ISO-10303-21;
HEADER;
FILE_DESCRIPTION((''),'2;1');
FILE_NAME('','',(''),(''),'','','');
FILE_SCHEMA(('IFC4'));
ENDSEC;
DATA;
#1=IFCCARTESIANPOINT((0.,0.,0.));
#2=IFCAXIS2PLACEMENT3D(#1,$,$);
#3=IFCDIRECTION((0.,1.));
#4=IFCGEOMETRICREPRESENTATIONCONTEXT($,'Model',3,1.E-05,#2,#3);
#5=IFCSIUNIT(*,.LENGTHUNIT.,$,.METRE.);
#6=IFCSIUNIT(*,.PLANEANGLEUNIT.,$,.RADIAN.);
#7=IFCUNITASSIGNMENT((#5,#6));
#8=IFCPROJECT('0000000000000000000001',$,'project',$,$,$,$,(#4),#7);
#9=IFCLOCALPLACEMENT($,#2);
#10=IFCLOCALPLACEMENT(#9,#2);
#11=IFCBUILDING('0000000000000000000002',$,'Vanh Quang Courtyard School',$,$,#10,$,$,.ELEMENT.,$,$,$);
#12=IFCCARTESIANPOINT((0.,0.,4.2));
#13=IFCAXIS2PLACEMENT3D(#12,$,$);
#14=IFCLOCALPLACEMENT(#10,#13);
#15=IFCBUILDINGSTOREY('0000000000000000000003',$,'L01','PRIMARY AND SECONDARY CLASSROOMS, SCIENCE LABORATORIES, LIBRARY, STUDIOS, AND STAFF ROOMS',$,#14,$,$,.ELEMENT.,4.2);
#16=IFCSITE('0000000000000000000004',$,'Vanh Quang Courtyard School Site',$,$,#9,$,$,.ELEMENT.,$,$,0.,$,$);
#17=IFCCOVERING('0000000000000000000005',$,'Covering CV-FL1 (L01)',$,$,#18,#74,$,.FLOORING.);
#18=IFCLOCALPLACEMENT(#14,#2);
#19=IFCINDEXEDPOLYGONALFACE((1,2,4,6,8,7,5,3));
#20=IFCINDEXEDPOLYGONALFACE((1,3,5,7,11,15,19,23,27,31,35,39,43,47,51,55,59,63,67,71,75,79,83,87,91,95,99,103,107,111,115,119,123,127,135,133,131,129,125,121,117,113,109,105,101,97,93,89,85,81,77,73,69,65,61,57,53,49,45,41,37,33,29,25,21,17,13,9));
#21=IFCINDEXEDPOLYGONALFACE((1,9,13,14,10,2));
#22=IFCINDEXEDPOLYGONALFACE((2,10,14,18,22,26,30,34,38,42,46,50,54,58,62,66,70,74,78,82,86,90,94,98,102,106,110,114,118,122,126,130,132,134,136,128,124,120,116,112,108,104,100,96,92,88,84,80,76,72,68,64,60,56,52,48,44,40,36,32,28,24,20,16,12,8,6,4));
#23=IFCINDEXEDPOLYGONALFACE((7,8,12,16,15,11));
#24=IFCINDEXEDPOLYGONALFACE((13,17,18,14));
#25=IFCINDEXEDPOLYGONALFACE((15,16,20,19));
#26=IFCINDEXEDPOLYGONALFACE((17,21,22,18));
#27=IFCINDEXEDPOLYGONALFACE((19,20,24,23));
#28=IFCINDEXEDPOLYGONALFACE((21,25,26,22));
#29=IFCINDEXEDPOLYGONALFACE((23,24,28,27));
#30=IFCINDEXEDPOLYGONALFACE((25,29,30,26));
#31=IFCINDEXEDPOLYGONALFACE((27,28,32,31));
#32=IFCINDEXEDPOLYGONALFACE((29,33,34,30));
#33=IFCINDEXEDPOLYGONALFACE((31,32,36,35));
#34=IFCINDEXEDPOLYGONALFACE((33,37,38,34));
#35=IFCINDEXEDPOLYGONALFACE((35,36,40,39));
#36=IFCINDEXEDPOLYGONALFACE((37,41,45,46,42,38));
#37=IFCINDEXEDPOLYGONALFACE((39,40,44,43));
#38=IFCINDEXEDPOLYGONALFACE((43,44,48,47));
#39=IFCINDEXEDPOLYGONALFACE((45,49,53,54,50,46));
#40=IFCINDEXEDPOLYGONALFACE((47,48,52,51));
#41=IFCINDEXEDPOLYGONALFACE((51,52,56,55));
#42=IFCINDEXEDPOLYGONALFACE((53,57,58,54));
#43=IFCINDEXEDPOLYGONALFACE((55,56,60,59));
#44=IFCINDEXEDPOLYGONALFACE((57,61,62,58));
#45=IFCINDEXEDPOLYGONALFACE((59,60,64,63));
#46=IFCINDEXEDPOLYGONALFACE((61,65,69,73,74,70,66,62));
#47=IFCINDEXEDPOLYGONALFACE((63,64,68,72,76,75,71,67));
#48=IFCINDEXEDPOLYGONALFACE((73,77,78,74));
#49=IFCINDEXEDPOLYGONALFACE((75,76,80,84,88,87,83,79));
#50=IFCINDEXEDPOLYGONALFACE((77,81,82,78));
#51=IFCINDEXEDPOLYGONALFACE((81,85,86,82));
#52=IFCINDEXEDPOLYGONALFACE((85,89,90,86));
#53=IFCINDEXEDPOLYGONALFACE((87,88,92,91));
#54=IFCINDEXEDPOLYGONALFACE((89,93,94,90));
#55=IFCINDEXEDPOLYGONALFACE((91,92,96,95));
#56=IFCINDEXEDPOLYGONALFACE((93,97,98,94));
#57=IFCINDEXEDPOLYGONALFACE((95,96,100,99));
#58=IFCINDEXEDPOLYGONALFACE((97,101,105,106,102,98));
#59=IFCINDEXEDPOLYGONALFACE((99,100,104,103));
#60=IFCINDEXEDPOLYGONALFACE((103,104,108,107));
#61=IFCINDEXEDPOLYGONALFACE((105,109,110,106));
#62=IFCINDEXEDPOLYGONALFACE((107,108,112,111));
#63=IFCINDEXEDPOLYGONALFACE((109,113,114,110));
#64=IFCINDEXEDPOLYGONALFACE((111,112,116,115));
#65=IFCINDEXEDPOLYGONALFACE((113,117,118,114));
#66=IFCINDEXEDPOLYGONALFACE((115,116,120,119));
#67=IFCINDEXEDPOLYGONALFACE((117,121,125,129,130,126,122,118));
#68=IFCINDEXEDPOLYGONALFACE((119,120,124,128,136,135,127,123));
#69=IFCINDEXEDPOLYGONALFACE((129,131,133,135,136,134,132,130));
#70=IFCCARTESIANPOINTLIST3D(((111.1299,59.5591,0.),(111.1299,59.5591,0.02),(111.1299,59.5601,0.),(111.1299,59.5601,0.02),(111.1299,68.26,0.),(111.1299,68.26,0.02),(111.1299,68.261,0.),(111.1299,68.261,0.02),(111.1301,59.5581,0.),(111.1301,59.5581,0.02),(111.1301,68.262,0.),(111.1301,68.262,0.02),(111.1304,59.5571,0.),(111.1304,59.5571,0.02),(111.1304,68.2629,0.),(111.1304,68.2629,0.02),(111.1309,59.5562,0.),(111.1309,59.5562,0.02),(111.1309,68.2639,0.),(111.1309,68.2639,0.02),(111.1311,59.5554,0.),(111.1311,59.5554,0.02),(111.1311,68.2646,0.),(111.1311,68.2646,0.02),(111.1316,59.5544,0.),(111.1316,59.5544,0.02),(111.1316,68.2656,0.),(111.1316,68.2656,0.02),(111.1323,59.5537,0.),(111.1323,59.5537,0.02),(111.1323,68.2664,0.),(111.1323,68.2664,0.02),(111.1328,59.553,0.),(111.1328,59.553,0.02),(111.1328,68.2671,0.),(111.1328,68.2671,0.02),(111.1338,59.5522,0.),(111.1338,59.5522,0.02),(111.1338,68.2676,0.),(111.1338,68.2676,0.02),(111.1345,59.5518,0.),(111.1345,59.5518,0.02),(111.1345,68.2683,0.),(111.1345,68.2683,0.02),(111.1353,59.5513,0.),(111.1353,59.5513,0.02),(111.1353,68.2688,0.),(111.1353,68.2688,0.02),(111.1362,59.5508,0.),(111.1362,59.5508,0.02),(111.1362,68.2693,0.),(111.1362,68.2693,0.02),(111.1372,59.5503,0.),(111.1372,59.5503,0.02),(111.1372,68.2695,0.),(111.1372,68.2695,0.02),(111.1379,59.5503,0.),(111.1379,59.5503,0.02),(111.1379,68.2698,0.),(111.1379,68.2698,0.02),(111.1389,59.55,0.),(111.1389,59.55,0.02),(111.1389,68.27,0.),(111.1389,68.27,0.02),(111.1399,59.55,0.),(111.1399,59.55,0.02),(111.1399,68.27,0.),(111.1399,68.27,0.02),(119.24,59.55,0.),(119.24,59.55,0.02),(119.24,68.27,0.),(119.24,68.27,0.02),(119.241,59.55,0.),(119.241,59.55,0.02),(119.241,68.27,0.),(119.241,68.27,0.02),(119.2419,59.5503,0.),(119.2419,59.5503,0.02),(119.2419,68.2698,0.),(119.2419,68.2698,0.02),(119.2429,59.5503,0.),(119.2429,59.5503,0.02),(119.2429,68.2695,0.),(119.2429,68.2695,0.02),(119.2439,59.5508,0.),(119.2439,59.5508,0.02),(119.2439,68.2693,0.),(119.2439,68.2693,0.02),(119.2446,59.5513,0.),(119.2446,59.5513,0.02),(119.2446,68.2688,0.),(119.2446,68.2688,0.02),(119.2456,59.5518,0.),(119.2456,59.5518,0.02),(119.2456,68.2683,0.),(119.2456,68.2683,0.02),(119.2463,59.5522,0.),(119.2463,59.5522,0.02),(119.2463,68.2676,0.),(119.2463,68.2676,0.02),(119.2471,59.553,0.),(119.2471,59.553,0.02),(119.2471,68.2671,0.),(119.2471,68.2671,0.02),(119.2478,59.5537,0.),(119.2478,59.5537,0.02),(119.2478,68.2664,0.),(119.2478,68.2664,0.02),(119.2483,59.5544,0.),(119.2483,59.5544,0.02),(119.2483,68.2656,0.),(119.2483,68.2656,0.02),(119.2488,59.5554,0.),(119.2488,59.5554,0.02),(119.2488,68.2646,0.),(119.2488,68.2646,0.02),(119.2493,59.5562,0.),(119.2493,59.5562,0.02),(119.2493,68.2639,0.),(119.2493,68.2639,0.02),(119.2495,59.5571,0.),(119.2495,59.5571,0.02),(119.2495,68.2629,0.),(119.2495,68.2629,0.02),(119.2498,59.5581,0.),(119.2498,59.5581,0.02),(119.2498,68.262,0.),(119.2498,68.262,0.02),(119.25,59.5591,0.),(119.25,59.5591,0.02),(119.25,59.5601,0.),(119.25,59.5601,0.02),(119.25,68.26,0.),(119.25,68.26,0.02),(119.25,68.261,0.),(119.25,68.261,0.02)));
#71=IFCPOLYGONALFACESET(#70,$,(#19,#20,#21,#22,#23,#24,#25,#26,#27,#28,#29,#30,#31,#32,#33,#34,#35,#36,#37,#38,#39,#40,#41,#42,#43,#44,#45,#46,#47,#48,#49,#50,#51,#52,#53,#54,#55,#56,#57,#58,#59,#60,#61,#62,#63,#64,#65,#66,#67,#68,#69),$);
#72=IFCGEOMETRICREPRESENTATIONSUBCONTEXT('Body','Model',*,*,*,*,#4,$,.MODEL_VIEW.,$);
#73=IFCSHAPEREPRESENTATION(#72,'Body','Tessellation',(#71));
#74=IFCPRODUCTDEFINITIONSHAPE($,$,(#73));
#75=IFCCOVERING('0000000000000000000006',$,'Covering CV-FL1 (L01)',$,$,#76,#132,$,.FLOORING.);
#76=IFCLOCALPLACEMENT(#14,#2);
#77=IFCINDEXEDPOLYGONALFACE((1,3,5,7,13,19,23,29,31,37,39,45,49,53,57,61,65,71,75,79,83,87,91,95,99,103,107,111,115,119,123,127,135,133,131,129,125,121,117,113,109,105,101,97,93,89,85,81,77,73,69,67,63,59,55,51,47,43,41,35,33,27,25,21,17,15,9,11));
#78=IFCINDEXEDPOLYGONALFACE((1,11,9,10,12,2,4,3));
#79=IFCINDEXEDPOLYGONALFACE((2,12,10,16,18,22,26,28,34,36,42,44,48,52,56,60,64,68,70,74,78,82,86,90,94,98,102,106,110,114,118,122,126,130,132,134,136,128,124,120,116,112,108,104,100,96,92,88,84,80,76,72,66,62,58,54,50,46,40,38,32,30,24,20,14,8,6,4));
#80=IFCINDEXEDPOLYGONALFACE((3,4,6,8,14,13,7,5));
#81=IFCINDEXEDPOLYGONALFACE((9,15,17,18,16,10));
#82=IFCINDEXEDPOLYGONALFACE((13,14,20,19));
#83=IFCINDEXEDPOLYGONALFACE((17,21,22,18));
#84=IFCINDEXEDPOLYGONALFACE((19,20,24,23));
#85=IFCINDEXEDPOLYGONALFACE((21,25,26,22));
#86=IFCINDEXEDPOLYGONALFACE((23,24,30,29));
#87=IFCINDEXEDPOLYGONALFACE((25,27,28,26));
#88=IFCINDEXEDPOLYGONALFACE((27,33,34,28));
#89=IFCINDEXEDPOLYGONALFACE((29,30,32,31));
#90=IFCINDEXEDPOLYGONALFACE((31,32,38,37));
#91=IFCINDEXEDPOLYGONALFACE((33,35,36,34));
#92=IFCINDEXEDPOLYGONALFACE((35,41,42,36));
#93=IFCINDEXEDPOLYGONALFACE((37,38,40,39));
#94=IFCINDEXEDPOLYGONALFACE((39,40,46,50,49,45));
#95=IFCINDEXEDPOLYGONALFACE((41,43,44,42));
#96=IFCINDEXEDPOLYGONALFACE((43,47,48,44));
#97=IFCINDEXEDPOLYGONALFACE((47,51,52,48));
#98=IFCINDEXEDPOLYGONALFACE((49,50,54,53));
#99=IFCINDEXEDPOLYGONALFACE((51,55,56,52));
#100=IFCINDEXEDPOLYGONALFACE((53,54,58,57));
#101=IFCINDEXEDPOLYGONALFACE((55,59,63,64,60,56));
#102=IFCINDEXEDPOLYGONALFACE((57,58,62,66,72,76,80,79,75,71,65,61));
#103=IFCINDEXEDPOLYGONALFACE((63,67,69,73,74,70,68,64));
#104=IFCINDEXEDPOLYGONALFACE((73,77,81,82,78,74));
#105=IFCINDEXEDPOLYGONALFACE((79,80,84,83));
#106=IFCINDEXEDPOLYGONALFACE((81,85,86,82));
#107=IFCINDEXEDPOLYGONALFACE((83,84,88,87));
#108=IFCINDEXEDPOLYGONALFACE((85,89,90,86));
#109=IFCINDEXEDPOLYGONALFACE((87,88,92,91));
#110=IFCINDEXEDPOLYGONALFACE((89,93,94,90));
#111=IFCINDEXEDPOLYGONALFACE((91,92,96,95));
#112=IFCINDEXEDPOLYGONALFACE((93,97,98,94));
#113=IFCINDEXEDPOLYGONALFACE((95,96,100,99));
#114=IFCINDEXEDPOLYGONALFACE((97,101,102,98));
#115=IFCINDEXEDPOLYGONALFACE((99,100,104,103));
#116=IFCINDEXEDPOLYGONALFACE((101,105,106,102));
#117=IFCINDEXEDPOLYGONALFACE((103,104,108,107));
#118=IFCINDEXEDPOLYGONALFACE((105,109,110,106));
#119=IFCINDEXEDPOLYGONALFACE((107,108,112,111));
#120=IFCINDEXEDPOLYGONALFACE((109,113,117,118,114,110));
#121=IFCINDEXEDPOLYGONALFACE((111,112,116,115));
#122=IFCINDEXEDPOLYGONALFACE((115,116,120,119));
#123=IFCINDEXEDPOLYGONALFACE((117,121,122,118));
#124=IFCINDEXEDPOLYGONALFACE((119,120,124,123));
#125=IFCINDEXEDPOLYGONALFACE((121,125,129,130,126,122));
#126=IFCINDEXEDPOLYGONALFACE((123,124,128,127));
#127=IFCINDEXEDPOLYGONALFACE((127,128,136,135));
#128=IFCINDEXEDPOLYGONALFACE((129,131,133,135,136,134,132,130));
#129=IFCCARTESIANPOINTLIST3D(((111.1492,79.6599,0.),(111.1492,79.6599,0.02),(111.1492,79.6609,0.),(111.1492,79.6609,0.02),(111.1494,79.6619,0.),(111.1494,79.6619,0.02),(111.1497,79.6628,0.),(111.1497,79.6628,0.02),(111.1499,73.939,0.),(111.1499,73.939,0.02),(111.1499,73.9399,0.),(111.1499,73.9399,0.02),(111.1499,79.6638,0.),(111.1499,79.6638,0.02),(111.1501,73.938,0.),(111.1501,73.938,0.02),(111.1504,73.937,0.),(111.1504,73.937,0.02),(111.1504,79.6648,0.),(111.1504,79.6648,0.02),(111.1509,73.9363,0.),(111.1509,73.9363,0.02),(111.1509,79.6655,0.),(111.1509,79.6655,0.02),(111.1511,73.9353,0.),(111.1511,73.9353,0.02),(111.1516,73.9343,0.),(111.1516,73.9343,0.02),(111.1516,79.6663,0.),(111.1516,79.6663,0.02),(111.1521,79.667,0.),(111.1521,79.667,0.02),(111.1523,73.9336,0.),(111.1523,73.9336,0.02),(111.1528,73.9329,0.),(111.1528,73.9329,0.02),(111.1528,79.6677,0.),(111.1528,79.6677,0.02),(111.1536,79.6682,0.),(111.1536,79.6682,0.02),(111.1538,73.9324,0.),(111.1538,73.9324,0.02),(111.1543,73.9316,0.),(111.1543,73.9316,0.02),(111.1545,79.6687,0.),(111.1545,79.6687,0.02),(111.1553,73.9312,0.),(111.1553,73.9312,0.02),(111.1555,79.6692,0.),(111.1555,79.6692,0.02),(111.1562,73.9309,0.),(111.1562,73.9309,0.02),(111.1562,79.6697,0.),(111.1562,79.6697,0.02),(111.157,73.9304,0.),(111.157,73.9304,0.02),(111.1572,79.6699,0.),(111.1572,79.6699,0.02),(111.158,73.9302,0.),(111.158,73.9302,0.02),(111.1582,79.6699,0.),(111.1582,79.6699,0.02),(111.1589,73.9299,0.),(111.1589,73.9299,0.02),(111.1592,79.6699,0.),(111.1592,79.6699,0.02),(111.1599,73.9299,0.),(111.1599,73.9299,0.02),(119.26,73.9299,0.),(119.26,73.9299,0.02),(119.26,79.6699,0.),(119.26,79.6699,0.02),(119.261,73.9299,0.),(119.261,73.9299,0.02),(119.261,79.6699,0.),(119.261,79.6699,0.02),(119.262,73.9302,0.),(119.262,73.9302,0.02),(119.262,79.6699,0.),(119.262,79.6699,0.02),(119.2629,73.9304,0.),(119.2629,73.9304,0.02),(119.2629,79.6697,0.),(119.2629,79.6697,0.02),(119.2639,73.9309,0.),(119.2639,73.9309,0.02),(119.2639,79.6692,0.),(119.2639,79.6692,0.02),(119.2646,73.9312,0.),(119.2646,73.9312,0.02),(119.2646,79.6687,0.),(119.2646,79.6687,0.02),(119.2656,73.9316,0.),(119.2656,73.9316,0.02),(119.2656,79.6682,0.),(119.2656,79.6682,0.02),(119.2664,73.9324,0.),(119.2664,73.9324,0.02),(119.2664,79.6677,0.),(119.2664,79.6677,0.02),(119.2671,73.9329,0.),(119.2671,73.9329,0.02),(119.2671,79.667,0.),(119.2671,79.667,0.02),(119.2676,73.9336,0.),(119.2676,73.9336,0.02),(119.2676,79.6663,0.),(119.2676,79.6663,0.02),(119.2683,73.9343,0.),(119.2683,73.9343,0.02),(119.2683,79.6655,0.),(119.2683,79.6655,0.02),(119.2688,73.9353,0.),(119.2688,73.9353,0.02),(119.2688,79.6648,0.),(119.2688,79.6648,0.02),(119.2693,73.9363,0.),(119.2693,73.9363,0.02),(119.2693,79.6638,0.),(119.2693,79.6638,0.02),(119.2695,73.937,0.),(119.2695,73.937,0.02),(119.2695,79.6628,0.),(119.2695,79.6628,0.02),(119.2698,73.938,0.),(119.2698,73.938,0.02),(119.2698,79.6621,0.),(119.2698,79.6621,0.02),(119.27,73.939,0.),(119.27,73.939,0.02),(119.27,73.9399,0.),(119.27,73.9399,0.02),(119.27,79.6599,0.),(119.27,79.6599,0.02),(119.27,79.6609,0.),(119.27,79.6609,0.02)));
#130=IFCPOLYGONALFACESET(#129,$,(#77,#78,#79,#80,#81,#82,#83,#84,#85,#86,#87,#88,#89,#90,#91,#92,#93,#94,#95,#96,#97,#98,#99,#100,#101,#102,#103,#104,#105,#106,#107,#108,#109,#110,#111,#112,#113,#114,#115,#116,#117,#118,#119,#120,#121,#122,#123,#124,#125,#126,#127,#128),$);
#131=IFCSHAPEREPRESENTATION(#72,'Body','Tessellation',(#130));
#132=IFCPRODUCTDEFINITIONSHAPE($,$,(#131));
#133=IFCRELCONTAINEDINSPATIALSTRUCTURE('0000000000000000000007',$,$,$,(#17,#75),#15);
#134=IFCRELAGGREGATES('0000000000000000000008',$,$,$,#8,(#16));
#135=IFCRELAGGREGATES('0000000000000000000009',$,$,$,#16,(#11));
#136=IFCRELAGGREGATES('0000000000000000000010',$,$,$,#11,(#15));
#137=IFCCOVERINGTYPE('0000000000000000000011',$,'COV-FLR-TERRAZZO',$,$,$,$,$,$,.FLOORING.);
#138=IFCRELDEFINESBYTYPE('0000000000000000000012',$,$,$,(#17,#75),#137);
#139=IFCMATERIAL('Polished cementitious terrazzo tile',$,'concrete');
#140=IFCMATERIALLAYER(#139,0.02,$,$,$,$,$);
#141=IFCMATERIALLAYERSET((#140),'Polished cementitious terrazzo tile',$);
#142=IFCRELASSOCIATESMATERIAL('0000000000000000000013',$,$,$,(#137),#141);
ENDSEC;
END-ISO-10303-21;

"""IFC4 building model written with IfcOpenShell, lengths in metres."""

from ifc_helpers import new_model, si_unit, direction, frame, origin, place, context, subcontext, project, spatial, polyline, outline, extrude, material, layer, layer_set, type_object, element, save


model = new_model("IFC4")

# Units and contexts
model_context = context("Model", 3, precision=1e-05, world=origin(), true_north=direction((0.0, 1.0)))
body_context = subcontext(model_context, "Body", "Model", "MODEL_VIEW")
ifc_project = project(units=[si_unit("LENGTHUNIT", "METRE"), si_unit("PLANEANGLEUNIT", "RADIAN")], contexts=[model_context])

# Site, building, storey
site_placement = place(None, origin())
site = spatial("IfcSite", under=ifc_project, at=site_placement, Name="Vanh Quang Courtyard School Site", CompositionType="ELEMENT", RefElevation=0.0)
building_placement = place(site_placement, origin())
building = spatial("IfcBuilding", under=site, at=building_placement, Name="Vanh Quang Courtyard School", CompositionType="ELEMENT")
storey_placement = place(building_placement, frame((0.0, 0.0, 4.2)))
storey = spatial("IfcBuildingStorey", under=building, at=storey_placement, Name="L01", Description="PRIMARY AND SECONDARY CLASSROOMS, SCIENCE LABORATORIES, LIBRARY, STUDIOS, AND STAFF ROOMS", CompositionType="ELEMENT", Elevation=4.2)

# Coverings
ifc_material_1 = material(Name="Polished cementitious terrazzo tile", Category="concrete")
ifc_layer_1 = layer(ifc_material_1, 0.02)
ifc_layer_set_1 = layer_set([ifc_layer_1], Name="Polished cementitious terrazzo tile")
covering_type_1 = type_object("IfcCoveringType", Name="COV-FLR-TERRAZZO", PredefinedType="FLOORING", material=ifc_layer_set_1)
covering_1_placement = place(storey_placement, origin())
element("IfcCovering", 1, at=covering_1_placement, inside=storey, type_object=covering_type_1, Name="Covering CV-FL1 (L01)", PredefinedType="FLOORING", context=body_context, shape_type="SweptSolid", body=[
    extrude(outline(polyline([(111.1399, 59.55), (111.1389, 59.55), (111.1379, 59.5503), (111.1372, 59.5503), (111.1362, 59.5508), (111.1353, 59.5513), (111.1345, 59.5518), (111.1338, 59.5522), (111.1328, 59.553), (111.1323, 59.5537), (111.1316, 59.5544), (111.1311, 59.5554), (111.1309, 59.5562), (111.1304, 59.5571), (111.1301, 59.5581), (111.1299, 59.5591), (111.1299, 59.5601), (111.1299, 68.26), (111.1299, 68.261), (111.1301, 68.262), (111.1304, 68.2629), (111.1309, 68.2639), (111.1311, 68.2646), (111.1316, 68.2656), (111.1323, 68.2664), (111.1328, 68.2671), (111.1338, 68.2676), (111.1345, 68.2683), (111.1353, 68.2688), (111.1362, 68.2693), (111.1372, 68.2695), (111.1379, 68.2698), (111.1389, 68.27), (111.1399, 68.27), (119.24, 68.27), (119.241, 68.27), (119.2419, 68.2698), (119.2429, 68.2695), (119.2439, 68.2693), (119.2446, 68.2688), (119.2456, 68.2683), (119.2463, 68.2676), (119.2471, 68.2671), (119.2478, 68.2664), (119.2483, 68.2656), (119.2488, 68.2646), (119.2493, 68.2639), (119.2495, 68.2629), (119.2498, 68.262), (119.25, 68.261), (119.25, 68.26), (119.25, 59.5601), (119.25, 59.5591), (119.2498, 59.5581), (119.2495, 59.5571), (119.2493, 59.5562), (119.2488, 59.5554), (119.2483, 59.5544), (119.2478, 59.5537), (119.2471, 59.553), (119.2463, 59.5522), (119.2456, 59.5518), (119.2446, 59.5513), (119.2439, 59.5508), (119.2429, 59.5503), (119.2419, 59.5503), (119.241, 59.55), (119.24, 59.55), (111.1399, 59.55)])), origin(), (0.0, 0.0, 1.0), 0.02),
])
covering_2_placement = place(storey_placement, origin())
element("IfcCovering", 2, at=covering_2_placement, inside=storey, type_object=covering_type_1, Name="Covering CV-FL1 (L01)", PredefinedType="FLOORING", context=body_context, shape_type="SweptSolid", body=[
    extrude(outline(polyline([(111.1599, 73.9299), (111.1589, 73.9299), (111.158, 73.9302), (111.157, 73.9304), (111.1562, 73.9309), (111.1553, 73.9312), (111.1543, 73.9316), (111.1538, 73.9324), (111.1528, 73.9329), (111.1523, 73.9336), (111.1516, 73.9343), (111.1511, 73.9353), (111.1509, 73.9363), (111.1504, 73.937), (111.1501, 73.938), (111.1499, 73.939), (111.1499, 73.9399), (111.1492, 79.6599), (111.1492, 79.6609), (111.1494, 79.6619), (111.1497, 79.6628), (111.1499, 79.6638), (111.1504, 79.6648), (111.1509, 79.6655), (111.1516, 79.6663), (111.1521, 79.667), (111.1528, 79.6677), (111.1536, 79.6682), (111.1545, 79.6687), (111.1555, 79.6692), (111.1562, 79.6697), (111.1572, 79.6699), (111.1582, 79.6699), (111.1592, 79.6699), (119.26, 79.6699), (119.261, 79.6699), (119.262, 79.6699), (119.2629, 79.6697), (119.2639, 79.6692), (119.2646, 79.6687), (119.2656, 79.6682), (119.2664, 79.6677), (119.2671, 79.667), (119.2676, 79.6663), (119.2683, 79.6655), (119.2688, 79.6648), (119.2693, 79.6638), (119.2695, 79.6628), (119.2698, 79.6621), (119.27, 79.6609), (119.27, 79.6599), (119.27, 73.9399), (119.27, 73.939), (119.2698, 73.938), (119.2695, 73.937), (119.2693, 73.9363), (119.2688, 73.9353), (119.2683, 73.9343), (119.2676, 73.9336), (119.2671, 73.9329), (119.2664, 73.9324), (119.2656, 73.9316), (119.2646, 73.9312), (119.2639, 73.9309), (119.2629, 73.9304), (119.262, 73.9302), (119.261, 73.9299), (119.26, 73.9299), (111.1599, 73.9299)])), origin(), (0.0, 0.0, 1.0), 0.02),
])

save(model, "model.ifc")
